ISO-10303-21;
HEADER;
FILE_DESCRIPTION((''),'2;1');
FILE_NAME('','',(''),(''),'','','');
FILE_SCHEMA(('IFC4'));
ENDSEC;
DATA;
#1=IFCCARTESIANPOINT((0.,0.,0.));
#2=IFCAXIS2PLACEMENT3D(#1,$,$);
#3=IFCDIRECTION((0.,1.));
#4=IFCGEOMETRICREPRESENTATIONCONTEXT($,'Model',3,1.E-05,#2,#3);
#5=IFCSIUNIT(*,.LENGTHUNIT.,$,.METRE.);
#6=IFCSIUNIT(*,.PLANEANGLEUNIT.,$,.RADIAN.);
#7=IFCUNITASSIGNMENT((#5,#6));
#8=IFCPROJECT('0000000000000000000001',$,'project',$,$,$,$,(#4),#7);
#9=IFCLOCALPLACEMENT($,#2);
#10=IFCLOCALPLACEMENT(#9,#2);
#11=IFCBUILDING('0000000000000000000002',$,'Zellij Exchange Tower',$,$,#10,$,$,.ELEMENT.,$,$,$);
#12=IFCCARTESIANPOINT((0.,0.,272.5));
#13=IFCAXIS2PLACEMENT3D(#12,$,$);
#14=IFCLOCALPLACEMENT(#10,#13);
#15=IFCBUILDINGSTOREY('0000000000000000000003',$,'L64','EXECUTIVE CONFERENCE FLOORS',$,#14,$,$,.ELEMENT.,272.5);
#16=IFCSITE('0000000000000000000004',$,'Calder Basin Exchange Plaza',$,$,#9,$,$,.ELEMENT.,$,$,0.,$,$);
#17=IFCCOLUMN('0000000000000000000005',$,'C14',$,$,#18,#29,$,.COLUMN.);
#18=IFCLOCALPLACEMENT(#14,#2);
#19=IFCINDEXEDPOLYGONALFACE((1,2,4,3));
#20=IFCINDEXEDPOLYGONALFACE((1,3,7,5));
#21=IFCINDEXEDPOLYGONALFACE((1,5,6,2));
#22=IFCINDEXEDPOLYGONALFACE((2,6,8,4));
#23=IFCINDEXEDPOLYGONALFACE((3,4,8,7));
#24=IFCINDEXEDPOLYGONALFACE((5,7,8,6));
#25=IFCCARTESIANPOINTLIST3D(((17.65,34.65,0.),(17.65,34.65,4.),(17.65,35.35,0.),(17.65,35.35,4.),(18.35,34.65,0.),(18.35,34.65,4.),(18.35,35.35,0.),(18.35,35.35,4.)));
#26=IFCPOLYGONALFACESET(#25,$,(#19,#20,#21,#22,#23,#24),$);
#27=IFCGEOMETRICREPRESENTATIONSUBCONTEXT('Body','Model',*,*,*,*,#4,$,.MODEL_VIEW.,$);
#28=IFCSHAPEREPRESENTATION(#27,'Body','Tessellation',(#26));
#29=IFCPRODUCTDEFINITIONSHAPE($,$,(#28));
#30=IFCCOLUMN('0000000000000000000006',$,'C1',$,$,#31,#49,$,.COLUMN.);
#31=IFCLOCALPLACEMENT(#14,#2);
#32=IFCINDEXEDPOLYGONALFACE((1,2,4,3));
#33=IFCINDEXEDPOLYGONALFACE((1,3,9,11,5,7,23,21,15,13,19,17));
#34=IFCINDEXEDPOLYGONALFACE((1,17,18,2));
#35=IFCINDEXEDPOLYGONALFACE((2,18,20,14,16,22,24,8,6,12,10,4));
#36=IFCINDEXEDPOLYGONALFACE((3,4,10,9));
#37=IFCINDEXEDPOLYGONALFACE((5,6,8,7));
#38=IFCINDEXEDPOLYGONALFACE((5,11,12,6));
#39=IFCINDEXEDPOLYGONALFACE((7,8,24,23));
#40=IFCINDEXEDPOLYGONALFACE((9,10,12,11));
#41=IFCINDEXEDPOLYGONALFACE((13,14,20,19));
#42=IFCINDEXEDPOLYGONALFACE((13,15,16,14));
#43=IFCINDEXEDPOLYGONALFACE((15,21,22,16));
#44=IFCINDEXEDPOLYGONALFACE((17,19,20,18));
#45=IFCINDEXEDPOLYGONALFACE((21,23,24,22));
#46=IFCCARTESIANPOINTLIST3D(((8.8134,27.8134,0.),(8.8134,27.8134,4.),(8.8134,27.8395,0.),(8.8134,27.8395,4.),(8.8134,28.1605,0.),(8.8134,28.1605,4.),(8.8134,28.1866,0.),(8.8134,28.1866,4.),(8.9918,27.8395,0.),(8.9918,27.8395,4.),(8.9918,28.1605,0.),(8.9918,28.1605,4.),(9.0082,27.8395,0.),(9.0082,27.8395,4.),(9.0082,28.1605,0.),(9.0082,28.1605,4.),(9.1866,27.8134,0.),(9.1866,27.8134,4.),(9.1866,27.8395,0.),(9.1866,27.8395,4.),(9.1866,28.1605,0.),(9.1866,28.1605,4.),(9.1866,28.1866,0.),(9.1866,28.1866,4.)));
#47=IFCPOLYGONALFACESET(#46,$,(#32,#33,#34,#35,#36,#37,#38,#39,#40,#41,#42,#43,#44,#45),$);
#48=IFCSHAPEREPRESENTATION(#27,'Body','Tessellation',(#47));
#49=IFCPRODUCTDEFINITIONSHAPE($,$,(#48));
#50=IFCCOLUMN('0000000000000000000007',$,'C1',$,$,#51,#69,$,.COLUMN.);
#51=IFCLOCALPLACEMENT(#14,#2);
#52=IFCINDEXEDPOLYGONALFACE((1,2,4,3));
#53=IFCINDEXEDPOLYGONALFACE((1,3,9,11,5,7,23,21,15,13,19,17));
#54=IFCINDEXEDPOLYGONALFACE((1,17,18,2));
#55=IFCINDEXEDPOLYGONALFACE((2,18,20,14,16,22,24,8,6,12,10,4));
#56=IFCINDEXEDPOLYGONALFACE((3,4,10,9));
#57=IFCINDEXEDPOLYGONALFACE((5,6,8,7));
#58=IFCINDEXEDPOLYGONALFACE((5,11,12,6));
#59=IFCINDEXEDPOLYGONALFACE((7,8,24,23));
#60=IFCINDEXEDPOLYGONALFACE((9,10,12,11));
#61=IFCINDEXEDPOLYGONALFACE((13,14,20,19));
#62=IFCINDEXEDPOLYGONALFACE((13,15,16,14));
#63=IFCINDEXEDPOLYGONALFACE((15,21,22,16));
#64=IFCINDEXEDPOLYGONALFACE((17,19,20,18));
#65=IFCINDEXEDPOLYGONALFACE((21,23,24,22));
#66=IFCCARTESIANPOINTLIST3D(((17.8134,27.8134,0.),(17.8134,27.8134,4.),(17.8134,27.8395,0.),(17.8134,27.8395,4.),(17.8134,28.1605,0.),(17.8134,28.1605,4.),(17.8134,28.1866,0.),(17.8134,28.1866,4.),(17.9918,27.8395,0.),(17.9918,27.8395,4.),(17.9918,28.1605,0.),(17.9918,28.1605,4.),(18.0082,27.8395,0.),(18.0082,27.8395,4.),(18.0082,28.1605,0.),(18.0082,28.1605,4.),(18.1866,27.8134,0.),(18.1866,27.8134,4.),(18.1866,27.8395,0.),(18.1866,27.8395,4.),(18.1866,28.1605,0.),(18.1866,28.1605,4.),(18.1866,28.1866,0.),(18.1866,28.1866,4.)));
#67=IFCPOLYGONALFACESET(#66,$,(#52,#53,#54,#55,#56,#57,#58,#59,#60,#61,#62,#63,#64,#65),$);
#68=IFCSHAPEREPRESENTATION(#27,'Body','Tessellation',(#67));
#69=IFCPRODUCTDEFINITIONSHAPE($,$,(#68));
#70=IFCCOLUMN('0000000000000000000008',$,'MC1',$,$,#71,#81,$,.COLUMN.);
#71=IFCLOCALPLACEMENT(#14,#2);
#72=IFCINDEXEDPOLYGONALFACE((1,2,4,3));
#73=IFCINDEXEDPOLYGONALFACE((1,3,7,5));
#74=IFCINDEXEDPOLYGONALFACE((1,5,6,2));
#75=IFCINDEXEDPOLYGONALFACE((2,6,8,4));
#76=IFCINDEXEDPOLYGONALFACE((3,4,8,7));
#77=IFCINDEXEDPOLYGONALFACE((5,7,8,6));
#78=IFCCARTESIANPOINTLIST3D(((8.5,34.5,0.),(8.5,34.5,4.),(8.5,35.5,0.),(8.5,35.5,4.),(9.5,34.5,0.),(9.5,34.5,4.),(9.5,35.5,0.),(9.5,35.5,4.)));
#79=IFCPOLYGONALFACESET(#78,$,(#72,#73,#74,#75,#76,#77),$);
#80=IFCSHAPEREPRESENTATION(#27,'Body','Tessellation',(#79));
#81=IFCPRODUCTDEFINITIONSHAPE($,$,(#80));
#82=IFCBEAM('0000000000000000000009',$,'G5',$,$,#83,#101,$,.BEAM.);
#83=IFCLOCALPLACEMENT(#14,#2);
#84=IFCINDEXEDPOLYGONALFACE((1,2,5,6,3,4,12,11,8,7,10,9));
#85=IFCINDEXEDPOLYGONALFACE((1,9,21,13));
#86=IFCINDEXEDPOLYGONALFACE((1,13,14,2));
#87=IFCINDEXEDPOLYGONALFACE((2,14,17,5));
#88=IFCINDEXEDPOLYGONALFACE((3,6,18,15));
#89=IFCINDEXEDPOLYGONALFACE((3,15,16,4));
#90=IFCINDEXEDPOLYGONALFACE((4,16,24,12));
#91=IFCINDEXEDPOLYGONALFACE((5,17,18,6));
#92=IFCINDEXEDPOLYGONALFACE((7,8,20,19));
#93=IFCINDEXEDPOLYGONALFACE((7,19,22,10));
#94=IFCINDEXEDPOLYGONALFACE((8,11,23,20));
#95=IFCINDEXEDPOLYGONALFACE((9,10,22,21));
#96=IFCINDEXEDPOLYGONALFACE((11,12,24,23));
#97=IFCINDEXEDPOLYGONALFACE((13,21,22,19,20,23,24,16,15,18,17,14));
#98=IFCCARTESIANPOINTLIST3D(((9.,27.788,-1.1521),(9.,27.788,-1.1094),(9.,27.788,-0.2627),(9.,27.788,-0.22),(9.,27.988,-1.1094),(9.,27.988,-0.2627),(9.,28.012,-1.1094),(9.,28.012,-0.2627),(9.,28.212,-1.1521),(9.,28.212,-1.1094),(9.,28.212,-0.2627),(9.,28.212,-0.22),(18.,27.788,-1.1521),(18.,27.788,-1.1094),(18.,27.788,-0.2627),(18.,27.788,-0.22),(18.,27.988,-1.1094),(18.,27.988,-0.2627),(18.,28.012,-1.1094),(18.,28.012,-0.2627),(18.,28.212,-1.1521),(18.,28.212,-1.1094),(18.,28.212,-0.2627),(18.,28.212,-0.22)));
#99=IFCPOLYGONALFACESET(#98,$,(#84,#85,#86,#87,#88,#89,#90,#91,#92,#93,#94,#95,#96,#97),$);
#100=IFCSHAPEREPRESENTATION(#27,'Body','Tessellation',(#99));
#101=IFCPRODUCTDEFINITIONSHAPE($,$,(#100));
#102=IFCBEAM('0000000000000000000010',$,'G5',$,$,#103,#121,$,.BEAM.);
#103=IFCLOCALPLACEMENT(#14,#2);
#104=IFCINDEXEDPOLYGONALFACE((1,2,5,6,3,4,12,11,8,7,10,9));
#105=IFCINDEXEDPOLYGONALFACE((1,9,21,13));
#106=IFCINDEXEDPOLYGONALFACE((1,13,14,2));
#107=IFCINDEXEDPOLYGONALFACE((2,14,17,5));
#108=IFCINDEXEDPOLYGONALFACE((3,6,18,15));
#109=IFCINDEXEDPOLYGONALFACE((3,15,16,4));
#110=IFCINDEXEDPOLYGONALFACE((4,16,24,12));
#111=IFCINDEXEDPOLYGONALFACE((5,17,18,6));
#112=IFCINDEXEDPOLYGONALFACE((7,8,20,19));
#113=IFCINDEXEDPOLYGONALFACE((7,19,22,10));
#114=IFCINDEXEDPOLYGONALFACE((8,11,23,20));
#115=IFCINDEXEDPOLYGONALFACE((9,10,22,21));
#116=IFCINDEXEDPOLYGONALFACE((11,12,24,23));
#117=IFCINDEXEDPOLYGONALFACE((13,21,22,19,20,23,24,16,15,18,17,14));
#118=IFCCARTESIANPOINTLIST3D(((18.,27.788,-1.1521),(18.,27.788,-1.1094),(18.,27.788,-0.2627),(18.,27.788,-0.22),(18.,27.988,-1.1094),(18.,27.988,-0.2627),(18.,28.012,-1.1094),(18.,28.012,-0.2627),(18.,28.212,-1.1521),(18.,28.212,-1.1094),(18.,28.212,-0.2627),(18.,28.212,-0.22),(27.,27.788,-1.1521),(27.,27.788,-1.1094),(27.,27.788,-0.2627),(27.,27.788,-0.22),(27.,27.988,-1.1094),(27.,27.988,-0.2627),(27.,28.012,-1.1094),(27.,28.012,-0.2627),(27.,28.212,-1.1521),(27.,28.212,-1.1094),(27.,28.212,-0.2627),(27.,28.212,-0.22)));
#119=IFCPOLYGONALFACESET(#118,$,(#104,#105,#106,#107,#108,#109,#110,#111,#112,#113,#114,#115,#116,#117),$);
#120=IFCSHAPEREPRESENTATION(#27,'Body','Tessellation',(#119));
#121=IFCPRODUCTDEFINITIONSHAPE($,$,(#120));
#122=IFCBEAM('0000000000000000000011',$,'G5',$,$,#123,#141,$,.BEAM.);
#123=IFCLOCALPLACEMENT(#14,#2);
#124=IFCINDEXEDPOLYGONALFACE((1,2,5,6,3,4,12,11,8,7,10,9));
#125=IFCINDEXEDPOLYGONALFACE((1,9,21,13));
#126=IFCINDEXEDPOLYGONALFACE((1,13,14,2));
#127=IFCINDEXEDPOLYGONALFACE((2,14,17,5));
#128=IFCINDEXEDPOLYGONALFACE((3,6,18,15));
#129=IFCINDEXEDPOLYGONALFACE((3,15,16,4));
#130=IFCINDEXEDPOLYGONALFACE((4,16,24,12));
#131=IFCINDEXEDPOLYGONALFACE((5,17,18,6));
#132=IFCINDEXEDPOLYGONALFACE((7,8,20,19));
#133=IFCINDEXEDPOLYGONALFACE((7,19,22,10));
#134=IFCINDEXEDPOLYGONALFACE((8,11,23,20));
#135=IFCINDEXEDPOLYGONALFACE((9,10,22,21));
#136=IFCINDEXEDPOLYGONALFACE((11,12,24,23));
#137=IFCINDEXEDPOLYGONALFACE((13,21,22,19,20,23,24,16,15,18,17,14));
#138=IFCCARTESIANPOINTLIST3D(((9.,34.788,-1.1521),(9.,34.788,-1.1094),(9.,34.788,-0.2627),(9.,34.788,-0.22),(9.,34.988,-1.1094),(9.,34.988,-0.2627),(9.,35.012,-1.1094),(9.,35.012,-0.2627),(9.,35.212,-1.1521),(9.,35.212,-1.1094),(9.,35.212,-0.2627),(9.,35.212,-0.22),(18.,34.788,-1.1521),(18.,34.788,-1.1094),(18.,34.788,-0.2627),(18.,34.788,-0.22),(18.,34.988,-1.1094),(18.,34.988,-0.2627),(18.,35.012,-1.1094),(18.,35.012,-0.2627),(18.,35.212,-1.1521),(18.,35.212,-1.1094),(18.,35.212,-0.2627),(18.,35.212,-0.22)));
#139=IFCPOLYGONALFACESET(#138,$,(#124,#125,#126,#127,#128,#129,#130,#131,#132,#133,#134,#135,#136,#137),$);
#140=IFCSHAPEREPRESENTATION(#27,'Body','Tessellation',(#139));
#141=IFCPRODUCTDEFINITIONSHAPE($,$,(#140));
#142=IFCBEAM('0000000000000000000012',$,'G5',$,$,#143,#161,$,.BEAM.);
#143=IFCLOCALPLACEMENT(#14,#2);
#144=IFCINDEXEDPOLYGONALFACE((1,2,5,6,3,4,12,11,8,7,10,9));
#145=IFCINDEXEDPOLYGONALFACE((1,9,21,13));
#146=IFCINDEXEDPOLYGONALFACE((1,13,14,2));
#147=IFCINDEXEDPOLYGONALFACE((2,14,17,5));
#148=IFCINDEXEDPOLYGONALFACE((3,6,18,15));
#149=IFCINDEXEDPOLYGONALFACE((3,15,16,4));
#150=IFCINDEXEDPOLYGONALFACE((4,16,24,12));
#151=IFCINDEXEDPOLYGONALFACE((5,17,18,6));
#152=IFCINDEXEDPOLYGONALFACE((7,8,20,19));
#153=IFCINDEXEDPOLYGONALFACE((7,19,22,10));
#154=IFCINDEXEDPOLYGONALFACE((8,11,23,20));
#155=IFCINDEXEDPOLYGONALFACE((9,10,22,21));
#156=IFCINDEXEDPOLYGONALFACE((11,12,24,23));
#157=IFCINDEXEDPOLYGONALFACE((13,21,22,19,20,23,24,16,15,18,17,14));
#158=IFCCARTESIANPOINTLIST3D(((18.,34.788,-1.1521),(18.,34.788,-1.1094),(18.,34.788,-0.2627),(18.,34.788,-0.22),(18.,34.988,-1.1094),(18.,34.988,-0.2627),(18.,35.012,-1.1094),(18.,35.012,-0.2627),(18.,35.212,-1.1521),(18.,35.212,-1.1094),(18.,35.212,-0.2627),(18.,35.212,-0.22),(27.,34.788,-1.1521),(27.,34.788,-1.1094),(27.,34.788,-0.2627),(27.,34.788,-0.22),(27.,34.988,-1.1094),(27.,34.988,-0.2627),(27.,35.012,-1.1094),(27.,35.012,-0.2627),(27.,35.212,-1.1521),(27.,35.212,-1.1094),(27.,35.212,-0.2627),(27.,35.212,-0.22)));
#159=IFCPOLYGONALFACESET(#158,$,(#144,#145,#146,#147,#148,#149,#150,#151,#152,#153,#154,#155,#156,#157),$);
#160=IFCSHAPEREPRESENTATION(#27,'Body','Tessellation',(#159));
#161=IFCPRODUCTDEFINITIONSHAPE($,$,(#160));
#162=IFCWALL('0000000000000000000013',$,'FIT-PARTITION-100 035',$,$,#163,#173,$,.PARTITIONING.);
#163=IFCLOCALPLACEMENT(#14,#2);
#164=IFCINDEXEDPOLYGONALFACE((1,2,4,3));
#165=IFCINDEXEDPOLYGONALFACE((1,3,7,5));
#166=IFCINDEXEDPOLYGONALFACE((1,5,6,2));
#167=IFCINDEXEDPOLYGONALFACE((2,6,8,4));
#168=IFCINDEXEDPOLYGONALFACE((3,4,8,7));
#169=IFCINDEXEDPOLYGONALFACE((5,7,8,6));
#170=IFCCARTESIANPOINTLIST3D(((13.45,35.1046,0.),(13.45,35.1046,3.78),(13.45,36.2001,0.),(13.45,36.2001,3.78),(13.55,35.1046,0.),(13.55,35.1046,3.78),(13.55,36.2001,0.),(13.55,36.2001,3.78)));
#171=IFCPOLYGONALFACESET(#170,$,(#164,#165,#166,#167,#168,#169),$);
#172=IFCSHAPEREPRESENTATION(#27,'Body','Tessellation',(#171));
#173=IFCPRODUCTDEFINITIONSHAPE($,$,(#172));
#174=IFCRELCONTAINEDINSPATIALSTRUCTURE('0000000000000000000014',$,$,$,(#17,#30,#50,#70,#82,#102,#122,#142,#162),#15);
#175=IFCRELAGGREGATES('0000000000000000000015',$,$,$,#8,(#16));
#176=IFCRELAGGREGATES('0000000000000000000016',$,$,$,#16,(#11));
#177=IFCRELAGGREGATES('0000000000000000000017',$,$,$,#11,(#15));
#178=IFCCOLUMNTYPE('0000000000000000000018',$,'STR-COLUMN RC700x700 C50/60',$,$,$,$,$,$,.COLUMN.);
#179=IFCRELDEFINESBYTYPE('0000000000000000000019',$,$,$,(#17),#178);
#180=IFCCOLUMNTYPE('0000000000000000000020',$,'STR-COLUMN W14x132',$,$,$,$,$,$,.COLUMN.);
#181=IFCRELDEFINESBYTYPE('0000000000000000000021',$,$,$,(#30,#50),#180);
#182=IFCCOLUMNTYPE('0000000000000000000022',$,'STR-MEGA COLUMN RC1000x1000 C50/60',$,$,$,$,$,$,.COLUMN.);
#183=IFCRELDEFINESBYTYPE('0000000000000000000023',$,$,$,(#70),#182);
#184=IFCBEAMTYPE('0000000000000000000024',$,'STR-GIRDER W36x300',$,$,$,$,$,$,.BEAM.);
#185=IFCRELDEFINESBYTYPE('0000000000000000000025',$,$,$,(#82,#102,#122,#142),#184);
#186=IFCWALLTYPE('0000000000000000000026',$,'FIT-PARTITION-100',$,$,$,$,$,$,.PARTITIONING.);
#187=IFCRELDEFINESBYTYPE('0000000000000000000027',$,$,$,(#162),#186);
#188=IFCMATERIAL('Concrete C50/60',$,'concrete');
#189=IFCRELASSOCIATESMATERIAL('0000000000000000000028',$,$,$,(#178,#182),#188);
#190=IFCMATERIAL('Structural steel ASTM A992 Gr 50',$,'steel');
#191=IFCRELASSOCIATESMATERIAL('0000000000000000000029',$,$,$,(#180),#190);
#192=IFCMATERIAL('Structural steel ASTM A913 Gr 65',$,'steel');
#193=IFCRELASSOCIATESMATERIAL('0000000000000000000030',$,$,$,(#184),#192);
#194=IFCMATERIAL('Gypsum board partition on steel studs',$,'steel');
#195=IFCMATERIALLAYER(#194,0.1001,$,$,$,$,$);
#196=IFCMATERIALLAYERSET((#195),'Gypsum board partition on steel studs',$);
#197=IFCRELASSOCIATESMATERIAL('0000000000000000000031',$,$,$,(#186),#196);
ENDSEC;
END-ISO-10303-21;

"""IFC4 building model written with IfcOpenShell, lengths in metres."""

from ifc_helpers import new_model, si_unit, direction, frame, frame_2d, origin, origin_2d, place, context, subcontext, project, spatial, rectangle, i_section, extrude, material, layer, layer_set, material_profile, profile_set, type_object, element, save


model = new_model("IFC4")

# Units and contexts
model_context = context("Model", 3, precision=1e-05, world=origin(), true_north=direction((0.0, 1.0)))
body_context = subcontext(model_context, "Body", "Model", "MODEL_VIEW")
ifc_project = project(units=[si_unit("LENGTHUNIT", "METRE"), si_unit("PLANEANGLEUNIT", "RADIAN")], contexts=[model_context])

# Site, building, storey
site_placement = place(None, origin())
site = spatial("IfcSite", under=ifc_project, at=site_placement, Name="Calder Basin Exchange Plaza", CompositionType="ELEMENT", RefElevation=0.0)
building_placement = place(site_placement, origin())
building = spatial("IfcBuilding", under=site, at=building_placement, Name="Zellij Exchange Tower", CompositionType="ELEMENT")
storey_placement = place(building_placement, frame((0.0, 0.0, 272.5)))
storey = spatial("IfcBuildingStorey", under=building, at=storey_placement, Name="L64", Description="EXECUTIVE CONFERENCE FLOORS", CompositionType="ELEMENT", Elevation=272.5)

# Columns
ifc_material_1 = material(Name="Concrete C50/60", Category="concrete")
ifc_material_profile_1 = material_profile(ifc_material_1, rectangle(XDim=0.7, YDim=0.7, at=origin_2d()), Name="STR-COLUMN RC700x700 C50/60")
ifc_profile_set_1 = profile_set([ifc_material_profile_1], Name="Concrete C50/60")
column_type_1 = type_object("IfcColumnType", Name="STR-COLUMN RC700x700 C50/60", PredefinedType="COLUMN", material=ifc_profile_set_1)
column_1_placement = place(storey_placement, frame((18.0, 35.0, 0.0), z_axis=(0.0, 0.0, 1.0), x_axis=(1.0, 0.0, 0.0)))
element("IfcColumn", 1, at=column_1_placement, inside=storey, type_object=column_type_1, Name="C14", PredefinedType="COLUMN", context=body_context, shape_type="SweptSolid", body=[
    extrude(rectangle(XDim=0.7, YDim=0.7, at=origin_2d()), origin(), (0.0, 0.0, 1.0), 4.0),
])
ifc_material_2 = material(Name="Structural steel ASTM A992 Gr 50", Category="steel")
ifc_material_profile_2 = material_profile(ifc_material_2, i_section(OverallWidth=0.3733, OverallDepth=0.3733, WebThickness=0.0164, FlangeThickness=0.0261, at=origin_2d()), Name="W14x132")
ifc_profile_set_2 = profile_set([ifc_material_profile_2], Name="Structural steel ASTM A992 Gr 50")
column_type_2 = type_object("IfcColumnType", Name="STR-COLUMN W14x132", PredefinedType="COLUMN", material=ifc_profile_set_2)
for number, where, z_axis, x_axis, name in (
    (2, (9.0, 28.0, 0.0), (0.0, 0.0, 1.0), (1.0, 0.0, 0.0), "C1"),
    (3, (18.0, 28.0, 0.0), (0.0, 0.0, 1.0), (1.0, 0.0, 0.0), "C1"),
):
    element("IfcColumn", number, at=place(storey_placement, frame(where, z_axis=z_axis, x_axis=x_axis)), inside=storey, type_object=column_type_2, Name=name, PredefinedType="COLUMN", context=body_context, shape_type="SweptSolid", body=[
        extrude(i_section(OverallWidth=0.3733, OverallDepth=0.3733, WebThickness=0.0164, FlangeThickness=0.0261, at=origin_2d()), origin(), (0.0, 0.0, 1.0), 4.0),
    ])
ifc_material_profile_3 = material_profile(ifc_material_1, rectangle(XDim=1.0, YDim=1.0, at=origin_2d()), Name="STR-MEGA COLUMN RC1000x1000 C50/60")
ifc_profile_set_3 = profile_set([ifc_material_profile_3], Name="Concrete C50/60")
column_type_3 = type_object("IfcColumnType", Name="STR-MEGA COLUMN RC1000x1000 C50/60", PredefinedType="COLUMN", material=ifc_profile_set_3)
column_2_placement = place(storey_placement, frame((9.0, 35.0, 0.0), z_axis=(0.0, 0.0, 1.0), x_axis=(1.0, 0.0, 0.0)))
element("IfcColumn", 4, at=column_2_placement, inside=storey, type_object=column_type_3, Name="MC1", PredefinedType="COLUMN", context=body_context, shape_type="SweptSolid", body=[
    extrude(rectangle(XDim=1.0, YDim=1.0, at=origin_2d()), origin(), (0.0, 0.0, 1.0), 4.0),
])

# Beams
ifc_material_3 = material(Name="Structural steel ASTM A913 Gr 65", Category="steel")
ifc_material_profile_4 = material_profile(ifc_material_3, i_section(OverallWidth=0.4241, OverallDepth=0.9321, WebThickness=0.0239, FlangeThickness=0.0427, at=origin_2d()), Name="W36x300")
ifc_profile_set_4 = profile_set([ifc_material_profile_4], Name="Structural steel ASTM A913 Gr 65")
beam_type = type_object("IfcBeamType", Name="STR-GIRDER W36x300", PredefinedType="BEAM", material=ifc_profile_set_4)
for number, where, z_axis, x_axis, name in (
    (5, (9.0, 28.0, -0.686), (1.0, 0.0, 0.0), (0.0, 1.0, 0.0), "G5"),
    (6, (18.0, 28.0, -0.686), (1.0, 0.0, 0.0), (0.0, 1.0, 0.0), "G5"),
    (7, (9.0, 35.0, -0.686), (1.0, 0.0, 0.0), (0.0, 1.0, 0.0), "G5"),
    (8, (18.0, 35.0, -0.686), (1.0, 0.0, 0.0), (0.0, 1.0, 0.0), "G5"),
):
    element("IfcBeam", number, at=place(storey_placement, frame(where, z_axis=z_axis, x_axis=x_axis)), inside=storey, type_object=beam_type, Name=name, PredefinedType="BEAM", context=body_context, shape_type="SweptSolid", body=[
        extrude(i_section(OverallWidth=0.4241, OverallDepth=0.9321, WebThickness=0.0239, FlangeThickness=0.0427, at=origin_2d()), origin(), (0.0, 0.0, 1.0), 9.0),
    ])

# Wall
ifc_material_4 = material(Name="Gypsum board partition on steel studs", Category="steel")
ifc_layer_1 = layer(ifc_material_4, 0.1001)
ifc_layer_set_1 = layer_set([ifc_layer_1], Name="Gypsum board partition on steel studs")
wall_type = type_object("IfcWallType", Name="FIT-PARTITION-100", PredefinedType="PARTITIONING", material=ifc_layer_set_1)
wall_placement = place(storey_placement, frame((13.5, 35.1045, 0.0), z_axis=(0.0, 0.0, 1.0), x_axis=(0.0, 1.0, 0.0)))
element("IfcWall", 9, at=wall_placement, inside=storey, type_object=wall_type, Name="FIT-PARTITION-100 035", PredefinedType="PARTITIONING", context=body_context, shape_type="SweptSolid", body=[
    extrude(rectangle(XDim=1.0955, YDim=0.1001, at=frame_2d((0.5479, 0.0))), origin(), (0.0, 0.0, 1.0), 3.78),
])

save(model, "model.ifc")
